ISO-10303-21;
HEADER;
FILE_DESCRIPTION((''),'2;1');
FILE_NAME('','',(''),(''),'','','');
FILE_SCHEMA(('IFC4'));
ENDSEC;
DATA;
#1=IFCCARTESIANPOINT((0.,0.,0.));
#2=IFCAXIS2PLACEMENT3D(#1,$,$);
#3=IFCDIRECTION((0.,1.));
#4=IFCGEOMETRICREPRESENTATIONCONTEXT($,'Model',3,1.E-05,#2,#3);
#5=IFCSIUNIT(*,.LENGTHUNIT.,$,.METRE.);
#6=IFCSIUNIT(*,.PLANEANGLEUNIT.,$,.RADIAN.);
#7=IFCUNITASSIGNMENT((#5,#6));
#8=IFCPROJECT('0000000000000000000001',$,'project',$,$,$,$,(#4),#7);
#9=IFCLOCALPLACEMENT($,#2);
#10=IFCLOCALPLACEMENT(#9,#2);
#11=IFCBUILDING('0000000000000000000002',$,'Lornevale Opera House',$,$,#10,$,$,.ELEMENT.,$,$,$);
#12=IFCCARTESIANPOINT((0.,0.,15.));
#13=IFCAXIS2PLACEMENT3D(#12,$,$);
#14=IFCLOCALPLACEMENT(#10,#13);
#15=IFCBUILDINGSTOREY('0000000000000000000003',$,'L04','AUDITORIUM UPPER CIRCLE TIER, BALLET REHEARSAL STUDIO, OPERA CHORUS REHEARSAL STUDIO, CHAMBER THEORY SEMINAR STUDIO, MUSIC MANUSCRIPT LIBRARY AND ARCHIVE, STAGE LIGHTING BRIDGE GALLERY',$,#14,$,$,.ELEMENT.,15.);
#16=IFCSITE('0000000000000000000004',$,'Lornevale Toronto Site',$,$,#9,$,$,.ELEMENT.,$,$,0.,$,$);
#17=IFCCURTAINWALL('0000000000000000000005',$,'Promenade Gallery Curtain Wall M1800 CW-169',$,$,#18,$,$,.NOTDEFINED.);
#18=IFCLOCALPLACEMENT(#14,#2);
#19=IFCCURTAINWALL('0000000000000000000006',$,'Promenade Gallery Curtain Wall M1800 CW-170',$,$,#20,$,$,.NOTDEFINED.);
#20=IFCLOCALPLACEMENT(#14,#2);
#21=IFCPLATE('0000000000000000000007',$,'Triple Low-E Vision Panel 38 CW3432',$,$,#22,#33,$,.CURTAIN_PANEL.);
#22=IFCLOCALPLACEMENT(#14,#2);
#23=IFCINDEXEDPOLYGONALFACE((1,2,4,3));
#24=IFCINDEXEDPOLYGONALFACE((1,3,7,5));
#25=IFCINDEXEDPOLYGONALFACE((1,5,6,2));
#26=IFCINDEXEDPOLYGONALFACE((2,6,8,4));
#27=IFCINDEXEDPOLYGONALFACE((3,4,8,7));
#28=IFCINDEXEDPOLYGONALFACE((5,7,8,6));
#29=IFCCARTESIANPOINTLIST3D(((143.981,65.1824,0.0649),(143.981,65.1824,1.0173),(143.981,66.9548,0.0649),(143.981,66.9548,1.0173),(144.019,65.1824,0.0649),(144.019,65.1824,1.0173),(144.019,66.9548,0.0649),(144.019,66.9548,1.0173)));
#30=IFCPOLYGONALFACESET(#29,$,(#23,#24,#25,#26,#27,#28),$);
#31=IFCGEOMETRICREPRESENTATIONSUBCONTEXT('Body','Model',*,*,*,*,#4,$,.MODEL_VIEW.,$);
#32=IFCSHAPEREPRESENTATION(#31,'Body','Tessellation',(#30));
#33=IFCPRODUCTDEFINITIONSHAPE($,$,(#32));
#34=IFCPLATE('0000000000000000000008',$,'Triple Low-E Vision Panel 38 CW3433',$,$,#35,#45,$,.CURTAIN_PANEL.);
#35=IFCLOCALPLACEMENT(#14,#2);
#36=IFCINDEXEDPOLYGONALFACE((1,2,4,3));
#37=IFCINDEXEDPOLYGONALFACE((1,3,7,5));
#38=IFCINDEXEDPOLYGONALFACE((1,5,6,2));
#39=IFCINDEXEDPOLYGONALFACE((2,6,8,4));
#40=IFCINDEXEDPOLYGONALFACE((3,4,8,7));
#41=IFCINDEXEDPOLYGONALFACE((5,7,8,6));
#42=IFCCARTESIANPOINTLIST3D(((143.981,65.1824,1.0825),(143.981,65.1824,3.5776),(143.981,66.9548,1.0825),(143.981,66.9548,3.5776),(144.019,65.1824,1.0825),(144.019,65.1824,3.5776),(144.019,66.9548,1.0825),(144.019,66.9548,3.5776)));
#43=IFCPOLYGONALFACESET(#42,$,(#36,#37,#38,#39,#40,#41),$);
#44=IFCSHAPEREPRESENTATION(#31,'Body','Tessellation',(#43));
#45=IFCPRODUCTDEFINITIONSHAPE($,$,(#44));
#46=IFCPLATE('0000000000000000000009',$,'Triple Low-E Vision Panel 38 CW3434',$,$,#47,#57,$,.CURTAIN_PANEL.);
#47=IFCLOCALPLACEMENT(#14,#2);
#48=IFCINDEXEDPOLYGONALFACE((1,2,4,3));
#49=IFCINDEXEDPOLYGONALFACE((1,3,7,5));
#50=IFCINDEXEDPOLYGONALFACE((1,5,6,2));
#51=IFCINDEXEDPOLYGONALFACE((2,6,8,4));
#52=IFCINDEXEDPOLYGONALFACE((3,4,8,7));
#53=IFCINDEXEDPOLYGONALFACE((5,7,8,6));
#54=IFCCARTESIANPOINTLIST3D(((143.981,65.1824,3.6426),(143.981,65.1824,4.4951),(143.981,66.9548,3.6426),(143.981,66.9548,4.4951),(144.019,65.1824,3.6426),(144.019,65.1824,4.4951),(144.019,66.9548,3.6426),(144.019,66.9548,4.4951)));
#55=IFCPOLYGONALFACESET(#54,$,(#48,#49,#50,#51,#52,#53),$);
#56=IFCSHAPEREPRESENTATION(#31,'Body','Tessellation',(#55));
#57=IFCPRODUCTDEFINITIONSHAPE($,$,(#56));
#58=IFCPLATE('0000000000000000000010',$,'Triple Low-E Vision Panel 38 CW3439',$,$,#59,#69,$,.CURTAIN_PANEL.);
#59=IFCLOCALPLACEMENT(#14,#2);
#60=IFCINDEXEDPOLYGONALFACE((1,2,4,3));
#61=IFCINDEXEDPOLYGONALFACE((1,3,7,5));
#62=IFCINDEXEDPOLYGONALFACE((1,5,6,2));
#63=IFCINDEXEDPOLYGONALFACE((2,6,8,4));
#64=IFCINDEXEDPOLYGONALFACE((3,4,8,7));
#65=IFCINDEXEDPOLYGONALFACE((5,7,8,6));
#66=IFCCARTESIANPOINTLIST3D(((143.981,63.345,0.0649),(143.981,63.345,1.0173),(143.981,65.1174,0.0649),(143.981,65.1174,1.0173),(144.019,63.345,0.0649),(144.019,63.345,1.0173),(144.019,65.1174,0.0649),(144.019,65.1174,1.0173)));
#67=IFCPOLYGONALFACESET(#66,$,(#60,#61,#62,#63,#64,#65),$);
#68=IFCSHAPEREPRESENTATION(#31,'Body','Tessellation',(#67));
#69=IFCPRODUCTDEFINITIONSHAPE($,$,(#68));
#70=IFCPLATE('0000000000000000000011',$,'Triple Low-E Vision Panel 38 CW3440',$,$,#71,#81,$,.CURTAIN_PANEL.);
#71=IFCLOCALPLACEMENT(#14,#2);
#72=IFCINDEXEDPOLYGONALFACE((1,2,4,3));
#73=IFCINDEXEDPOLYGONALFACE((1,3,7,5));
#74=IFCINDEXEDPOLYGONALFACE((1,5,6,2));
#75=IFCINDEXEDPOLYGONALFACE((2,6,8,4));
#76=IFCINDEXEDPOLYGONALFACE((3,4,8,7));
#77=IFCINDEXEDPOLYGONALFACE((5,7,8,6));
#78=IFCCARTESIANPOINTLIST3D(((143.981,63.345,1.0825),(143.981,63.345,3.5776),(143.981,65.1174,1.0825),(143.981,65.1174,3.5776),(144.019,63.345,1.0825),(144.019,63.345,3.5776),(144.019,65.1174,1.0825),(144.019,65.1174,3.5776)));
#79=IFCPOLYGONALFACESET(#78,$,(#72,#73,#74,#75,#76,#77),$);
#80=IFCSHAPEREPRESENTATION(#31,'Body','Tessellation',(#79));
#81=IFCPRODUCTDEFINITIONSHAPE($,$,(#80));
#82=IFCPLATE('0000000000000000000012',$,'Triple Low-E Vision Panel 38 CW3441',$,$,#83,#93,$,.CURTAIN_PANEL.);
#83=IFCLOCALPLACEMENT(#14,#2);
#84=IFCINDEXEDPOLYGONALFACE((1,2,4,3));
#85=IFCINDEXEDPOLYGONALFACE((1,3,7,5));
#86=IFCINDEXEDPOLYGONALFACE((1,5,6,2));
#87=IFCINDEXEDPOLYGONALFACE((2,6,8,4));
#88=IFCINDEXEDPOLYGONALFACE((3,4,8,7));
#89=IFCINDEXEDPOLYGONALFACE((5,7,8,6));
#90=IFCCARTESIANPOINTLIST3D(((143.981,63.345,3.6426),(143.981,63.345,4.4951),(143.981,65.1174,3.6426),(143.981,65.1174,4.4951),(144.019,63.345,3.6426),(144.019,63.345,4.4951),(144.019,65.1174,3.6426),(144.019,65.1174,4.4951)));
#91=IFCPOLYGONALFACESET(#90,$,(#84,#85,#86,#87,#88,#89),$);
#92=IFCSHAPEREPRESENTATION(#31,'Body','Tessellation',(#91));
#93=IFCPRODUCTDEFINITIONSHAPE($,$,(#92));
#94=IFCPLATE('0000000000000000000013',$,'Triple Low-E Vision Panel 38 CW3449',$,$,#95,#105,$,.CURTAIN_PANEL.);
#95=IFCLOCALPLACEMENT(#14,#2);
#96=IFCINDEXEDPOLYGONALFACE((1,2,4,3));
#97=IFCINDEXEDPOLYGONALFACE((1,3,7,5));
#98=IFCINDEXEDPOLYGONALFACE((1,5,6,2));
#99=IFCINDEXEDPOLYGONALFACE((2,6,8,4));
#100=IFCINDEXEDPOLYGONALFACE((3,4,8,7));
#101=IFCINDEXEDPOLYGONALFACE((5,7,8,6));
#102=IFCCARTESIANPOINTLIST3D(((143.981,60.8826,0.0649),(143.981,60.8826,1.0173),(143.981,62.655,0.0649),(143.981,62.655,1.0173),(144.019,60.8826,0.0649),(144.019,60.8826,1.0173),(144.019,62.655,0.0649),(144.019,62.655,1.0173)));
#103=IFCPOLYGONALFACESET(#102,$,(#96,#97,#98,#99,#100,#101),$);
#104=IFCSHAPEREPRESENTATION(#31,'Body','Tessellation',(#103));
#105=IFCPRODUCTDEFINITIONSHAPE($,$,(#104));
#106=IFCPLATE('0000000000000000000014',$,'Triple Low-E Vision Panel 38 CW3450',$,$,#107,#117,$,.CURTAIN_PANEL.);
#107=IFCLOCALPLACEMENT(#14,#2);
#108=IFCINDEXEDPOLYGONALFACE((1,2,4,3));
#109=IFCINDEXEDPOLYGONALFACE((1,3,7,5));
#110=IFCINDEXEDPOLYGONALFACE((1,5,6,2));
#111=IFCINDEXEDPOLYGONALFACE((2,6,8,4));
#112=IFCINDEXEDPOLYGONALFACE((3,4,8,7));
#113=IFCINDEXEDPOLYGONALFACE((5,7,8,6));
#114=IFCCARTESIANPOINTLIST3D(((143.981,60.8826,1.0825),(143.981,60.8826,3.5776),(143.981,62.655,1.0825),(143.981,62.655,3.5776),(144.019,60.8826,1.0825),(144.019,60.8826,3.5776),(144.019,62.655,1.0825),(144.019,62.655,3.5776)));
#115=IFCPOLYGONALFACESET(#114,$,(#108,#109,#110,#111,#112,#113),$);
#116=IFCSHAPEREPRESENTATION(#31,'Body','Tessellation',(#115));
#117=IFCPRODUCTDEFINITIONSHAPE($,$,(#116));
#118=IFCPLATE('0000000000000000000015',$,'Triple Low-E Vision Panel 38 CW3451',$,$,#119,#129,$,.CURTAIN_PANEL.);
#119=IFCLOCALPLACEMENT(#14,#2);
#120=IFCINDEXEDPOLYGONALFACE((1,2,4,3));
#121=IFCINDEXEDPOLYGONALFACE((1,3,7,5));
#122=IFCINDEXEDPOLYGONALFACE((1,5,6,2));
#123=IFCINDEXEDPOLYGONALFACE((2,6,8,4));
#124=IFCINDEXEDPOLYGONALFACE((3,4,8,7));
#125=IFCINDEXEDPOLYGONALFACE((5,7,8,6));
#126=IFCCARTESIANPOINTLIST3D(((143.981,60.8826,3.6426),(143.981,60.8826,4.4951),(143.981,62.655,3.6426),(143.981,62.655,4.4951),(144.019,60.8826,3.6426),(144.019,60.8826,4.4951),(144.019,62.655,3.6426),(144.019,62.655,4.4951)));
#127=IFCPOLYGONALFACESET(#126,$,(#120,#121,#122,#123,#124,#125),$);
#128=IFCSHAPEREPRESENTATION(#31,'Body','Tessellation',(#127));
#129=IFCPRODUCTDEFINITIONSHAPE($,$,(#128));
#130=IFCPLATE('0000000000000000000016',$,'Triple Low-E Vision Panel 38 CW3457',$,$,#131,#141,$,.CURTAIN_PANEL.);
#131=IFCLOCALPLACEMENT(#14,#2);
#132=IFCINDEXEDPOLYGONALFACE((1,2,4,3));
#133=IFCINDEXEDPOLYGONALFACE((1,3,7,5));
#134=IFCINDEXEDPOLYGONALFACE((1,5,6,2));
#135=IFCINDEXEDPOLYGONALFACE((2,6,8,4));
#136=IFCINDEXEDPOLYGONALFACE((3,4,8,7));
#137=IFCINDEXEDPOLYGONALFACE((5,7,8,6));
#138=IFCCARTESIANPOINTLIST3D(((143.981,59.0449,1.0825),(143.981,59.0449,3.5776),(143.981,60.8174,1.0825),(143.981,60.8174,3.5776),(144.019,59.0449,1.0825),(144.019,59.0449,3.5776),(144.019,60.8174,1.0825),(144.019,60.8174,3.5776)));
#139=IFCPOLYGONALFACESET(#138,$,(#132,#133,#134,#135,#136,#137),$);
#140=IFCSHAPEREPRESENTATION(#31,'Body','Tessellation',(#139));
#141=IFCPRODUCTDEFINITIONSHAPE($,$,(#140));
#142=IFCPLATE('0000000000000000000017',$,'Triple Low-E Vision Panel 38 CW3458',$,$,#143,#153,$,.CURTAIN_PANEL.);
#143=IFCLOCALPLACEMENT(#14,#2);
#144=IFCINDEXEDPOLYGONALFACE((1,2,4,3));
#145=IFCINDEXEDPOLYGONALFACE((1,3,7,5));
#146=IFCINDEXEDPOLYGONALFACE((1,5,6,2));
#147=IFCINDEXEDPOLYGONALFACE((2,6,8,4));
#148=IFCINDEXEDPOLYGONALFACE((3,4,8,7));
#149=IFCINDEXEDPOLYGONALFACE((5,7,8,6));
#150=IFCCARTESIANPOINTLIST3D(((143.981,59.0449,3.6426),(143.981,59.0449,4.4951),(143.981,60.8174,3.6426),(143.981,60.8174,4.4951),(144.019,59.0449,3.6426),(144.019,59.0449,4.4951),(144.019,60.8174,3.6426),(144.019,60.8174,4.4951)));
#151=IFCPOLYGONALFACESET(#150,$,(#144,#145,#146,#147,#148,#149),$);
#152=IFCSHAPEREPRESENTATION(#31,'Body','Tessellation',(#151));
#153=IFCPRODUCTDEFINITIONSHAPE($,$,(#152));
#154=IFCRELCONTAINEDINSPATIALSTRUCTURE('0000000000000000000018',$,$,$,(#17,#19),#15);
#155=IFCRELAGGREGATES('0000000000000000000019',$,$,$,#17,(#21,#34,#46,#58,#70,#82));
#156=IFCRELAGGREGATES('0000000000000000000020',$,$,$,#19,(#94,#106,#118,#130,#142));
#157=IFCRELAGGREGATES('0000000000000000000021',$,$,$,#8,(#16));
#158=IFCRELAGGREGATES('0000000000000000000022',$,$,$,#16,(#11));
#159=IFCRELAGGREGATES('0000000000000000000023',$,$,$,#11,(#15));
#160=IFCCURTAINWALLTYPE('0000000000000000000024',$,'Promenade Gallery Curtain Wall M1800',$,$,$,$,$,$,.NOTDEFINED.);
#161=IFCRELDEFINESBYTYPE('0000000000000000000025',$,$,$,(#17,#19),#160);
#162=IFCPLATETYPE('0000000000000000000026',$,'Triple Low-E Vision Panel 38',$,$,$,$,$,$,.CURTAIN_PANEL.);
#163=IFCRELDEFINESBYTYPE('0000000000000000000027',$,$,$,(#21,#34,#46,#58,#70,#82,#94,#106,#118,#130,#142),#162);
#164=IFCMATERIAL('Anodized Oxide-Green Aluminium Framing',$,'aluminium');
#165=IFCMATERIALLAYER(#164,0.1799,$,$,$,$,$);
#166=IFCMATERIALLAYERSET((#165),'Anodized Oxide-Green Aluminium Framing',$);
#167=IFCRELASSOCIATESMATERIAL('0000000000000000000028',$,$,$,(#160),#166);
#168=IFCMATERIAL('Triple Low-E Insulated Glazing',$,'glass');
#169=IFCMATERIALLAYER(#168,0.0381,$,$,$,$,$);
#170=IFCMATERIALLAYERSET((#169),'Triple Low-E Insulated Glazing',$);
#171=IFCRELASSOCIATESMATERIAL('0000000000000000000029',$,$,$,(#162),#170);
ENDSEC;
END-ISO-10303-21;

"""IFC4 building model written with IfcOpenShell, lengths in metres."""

from ifc_helpers import new_model, si_unit, direction, frame, origin, origin_2d, place, context, subcontext, project, spatial, rectangle, extrude, material, layer, layer_set, type_object, element, aggregate, save


model = new_model("IFC4")

# Units and contexts
model_context = context("Model", 3, precision=1e-05, world=origin(), true_north=direction((0.0, 1.0)))
body_context = subcontext(model_context, "Body", "Model", "MODEL_VIEW")
ifc_project = project(units=[si_unit("LENGTHUNIT", "METRE"), si_unit("PLANEANGLEUNIT", "RADIAN")], contexts=[model_context])

# Site, building, storey
site_placement = place(None, origin())
site = spatial("IfcSite", under=ifc_project, at=site_placement, Name="Lornevale Toronto Site", CompositionType="ELEMENT", RefElevation=0.0)
building_placement = place(site_placement, origin())
building = spatial("IfcBuilding", under=site, at=building_placement, Name="Lornevale Opera House", CompositionType="ELEMENT")
storey_placement = place(building_placement, frame((0.0, 0.0, 15.0)))
storey = spatial("IfcBuildingStorey", under=building, at=storey_placement, Name="L04", Description="AUDITORIUM UPPER CIRCLE TIER, BALLET REHEARSAL STUDIO, OPERA CHORUS REHEARSAL STUDIO, CHAMBER THEORY SEMINAR STUDIO, MUSIC MANUSCRIPT LIBRARY AND ARCHIVE, STAGE LIGHTING BRIDGE GALLERY", CompositionType="ELEMENT", Elevation=15.0)

# Curtain walls
ifc_material_1 = material(Name="Anodized Oxide-Green Aluminium Framing", Category="aluminium")
ifc_layer_1 = layer(ifc_material_1, 0.1799)
ifc_layer_set_1 = layer_set([ifc_layer_1], Name="Anodized Oxide-Green Aluminium Framing")
curtain_wall_type = type_object("IfcCurtainWallType", Name="Promenade Gallery Curtain Wall M1800", PredefinedType="NOTDEFINED", material=ifc_layer_set_1)
curtain_wall_1_placement = place(storey_placement, origin())
curtain_wall_1 = element("IfcCurtainWall", 1, at=curtain_wall_1_placement, inside=storey, type_object=curtain_wall_type, Name="Promenade Gallery Curtain Wall M1800 CW-169", PredefinedType="NOTDEFINED")
curtain_wall_2_placement = place(storey_placement, origin())
curtain_wall_2 = element("IfcCurtainWall", 2, at=curtain_wall_2_placement, inside=storey, type_object=curtain_wall_type, Name="Promenade Gallery Curtain Wall M1800 CW-170", PredefinedType="NOTDEFINED")

# Plates
ifc_material_2 = material(Name="Triple Low-E Insulated Glazing", Category="glass")
ifc_layer_2 = layer(ifc_material_2, 0.0381)
ifc_layer_set_2 = layer_set([ifc_layer_2], Name="Triple Low-E Insulated Glazing")
plate_type = type_object("IfcPlateType", Name="Triple Low-E Vision Panel 38", PredefinedType="CURTAIN_PANEL", material=ifc_layer_set_2)
plate_1_placement = place(storey_placement, frame((144.0, 66.0686, 0.0649), z_axis=(0.0, 0.0, 1.0), x_axis=(0.0, -1.0, 0.0)))
plate_1 = element("IfcPlate", 3, at=plate_1_placement, type_object=plate_type, Name="Triple Low-E Vision Panel 38 CW3432", PredefinedType="CURTAIN_PANEL", context=body_context, shape_type="SweptSolid", body=[
    extrude(rectangle(XDim=1.7725, YDim=0.0381, at=origin_2d()), origin(), (0.0, 0.0, 1.0), 0.9524),
])
plate_2_placement = place(storey_placement, frame((144.0, 66.0686, 1.0825), z_axis=(0.0, 0.0, 1.0), x_axis=(0.0, -1.0, 0.0)))
plate_2 = element("IfcPlate", 4, at=plate_2_placement, type_object=plate_type, Name="Triple Low-E Vision Panel 38 CW3433", PredefinedType="CURTAIN_PANEL", context=body_context, shape_type="SweptSolid", body=[
    extrude(rectangle(XDim=1.7725, YDim=0.0381, at=origin_2d()), origin(), (0.0, 0.0, 1.0), 2.4951),
])
plate_3_placement = place(storey_placement, frame((144.0, 66.0686, 3.6426), z_axis=(0.0, 0.0, 1.0), x_axis=(0.0, -1.0, 0.0)))
plate_3 = element("IfcPlate", 5, at=plate_3_placement, type_object=plate_type, Name="Triple Low-E Vision Panel 38 CW3434", PredefinedType="CURTAIN_PANEL", context=body_context, shape_type="SweptSolid", body=[
    extrude(rectangle(XDim=1.7725, YDim=0.0381, at=origin_2d()), origin(), (0.0, 0.0, 1.0), 0.8525),
])
plate_4_placement = place(storey_placement, frame((144.0, 64.2312, 0.0649), z_axis=(0.0, 0.0, 1.0), x_axis=(0.0, -1.0, 0.0)))
plate_4 = element("IfcPlate", 6, at=plate_4_placement, type_object=plate_type, Name="Triple Low-E Vision Panel 38 CW3439", PredefinedType="CURTAIN_PANEL", context=body_context, shape_type="SweptSolid", body=[
    extrude(rectangle(XDim=1.7725, YDim=0.0381, at=origin_2d()), origin(), (0.0, 0.0, 1.0), 0.9524),
])
plate_5_placement = place(storey_placement, frame((144.0, 64.2312, 1.0825), z_axis=(0.0, 0.0, 1.0), x_axis=(0.0, -1.0, 0.0)))
plate_5 = element("IfcPlate", 7, at=plate_5_placement, type_object=plate_type, Name="Triple Low-E Vision Panel 38 CW3440", PredefinedType="CURTAIN_PANEL", context=body_context, shape_type="SweptSolid", body=[
    extrude(rectangle(XDim=1.7725, YDim=0.0381, at=origin_2d()), origin(), (0.0, 0.0, 1.0), 2.4951),
])
plate_6_placement = place(storey_placement, frame((144.0, 64.2312, 3.6426), z_axis=(0.0, 0.0, 1.0), x_axis=(0.0, -1.0, 0.0)))
plate_6 = element("IfcPlate", 8, at=plate_6_placement, type_object=plate_type, Name="Triple Low-E Vision Panel 38 CW3441", PredefinedType="CURTAIN_PANEL", context=body_context, shape_type="SweptSolid", body=[
    extrude(rectangle(XDim=1.7725, YDim=0.0381, at=origin_2d()), origin(), (0.0, 0.0, 1.0), 0.8525),
])
aggregate(curtain_wall_1, [plate_1, plate_2, plate_3, plate_4, plate_5, plate_6])
plate_7_placement = place(storey_placement, frame((144.0, 61.7688, 0.0649), z_axis=(0.0, 0.0, 1.0), x_axis=(0.0, -1.0, 0.0)))
plate_7 = element("IfcPlate", 9, at=plate_7_placement, type_object=plate_type, Name="Triple Low-E Vision Panel 38 CW3449", PredefinedType="CURTAIN_PANEL", context=body_context, shape_type="SweptSolid", body=[
    extrude(rectangle(XDim=1.7725, YDim=0.0381, at=origin_2d()), origin(), (0.0, 0.0, 1.0), 0.9524),
])
plate_8_placement = place(storey_placement, frame((144.0, 61.7688, 1.0825), z_axis=(0.0, 0.0, 1.0), x_axis=(0.0, -1.0, 0.0)))
plate_8 = element("IfcPlate", 10, at=plate_8_placement, type_object=plate_type, Name="Triple Low-E Vision Panel 38 CW3450", PredefinedType="CURTAIN_PANEL", context=body_context, shape_type="SweptSolid", body=[
    extrude(rectangle(XDim=1.7725, YDim=0.0381, at=origin_2d()), origin(), (0.0, 0.0, 1.0), 2.4951),
])
plate_9_placement = place(storey_placement, frame((144.0, 61.7688, 3.6426), z_axis=(0.0, 0.0, 1.0), x_axis=(0.0, -1.0, 0.0)))
plate_9 = element("IfcPlate", 11, at=plate_9_placement, type_object=plate_type, Name="Triple Low-E Vision Panel 38 CW3451", PredefinedType="CURTAIN_PANEL", context=body_context, shape_type="SweptSolid", body=[
    extrude(rectangle(XDim=1.7725, YDim=0.0381, at=origin_2d()), origin(), (0.0, 0.0, 1.0), 0.8525),
])
plate_10_placement = place(storey_placement, frame((144.0, 59.9312, 1.0825), z_axis=(0.0, 0.0, 1.0), x_axis=(0.0, -1.0, 0.0)))
plate_10 = element("IfcPlate", 12, at=plate_10_placement, type_object=plate_type, Name="Triple Low-E Vision Panel 38 CW3457", PredefinedType="CURTAIN_PANEL", context=body_context, shape_type="SweptSolid", body=[
    extrude(rectangle(XDim=1.7725, YDim=0.0381, at=origin_2d()), origin(), (0.0, 0.0, 1.0), 2.4951),
])
plate_11_placement = place(storey_placement, frame((144.0, 59.9312, 3.6426), z_axis=(0.0, 0.0, 1.0), x_axis=(0.0, -1.0, 0.0)))
plate_11 = element("IfcPlate", 13, at=plate_11_placement, type_object=plate_type, Name="Triple Low-E Vision Panel 38 CW3458", PredefinedType="CURTAIN_PANEL", context=body_context, shape_type="SweptSolid", body=[
    extrude(rectangle(XDim=1.7725, YDim=0.0381, at=origin_2d()), origin(), (0.0, 0.0, 1.0), 0.8525),
])
aggregate(curtain_wall_2, [plate_7, plate_8, plate_9, plate_10, plate_11])

save(model, "model.ifc")
